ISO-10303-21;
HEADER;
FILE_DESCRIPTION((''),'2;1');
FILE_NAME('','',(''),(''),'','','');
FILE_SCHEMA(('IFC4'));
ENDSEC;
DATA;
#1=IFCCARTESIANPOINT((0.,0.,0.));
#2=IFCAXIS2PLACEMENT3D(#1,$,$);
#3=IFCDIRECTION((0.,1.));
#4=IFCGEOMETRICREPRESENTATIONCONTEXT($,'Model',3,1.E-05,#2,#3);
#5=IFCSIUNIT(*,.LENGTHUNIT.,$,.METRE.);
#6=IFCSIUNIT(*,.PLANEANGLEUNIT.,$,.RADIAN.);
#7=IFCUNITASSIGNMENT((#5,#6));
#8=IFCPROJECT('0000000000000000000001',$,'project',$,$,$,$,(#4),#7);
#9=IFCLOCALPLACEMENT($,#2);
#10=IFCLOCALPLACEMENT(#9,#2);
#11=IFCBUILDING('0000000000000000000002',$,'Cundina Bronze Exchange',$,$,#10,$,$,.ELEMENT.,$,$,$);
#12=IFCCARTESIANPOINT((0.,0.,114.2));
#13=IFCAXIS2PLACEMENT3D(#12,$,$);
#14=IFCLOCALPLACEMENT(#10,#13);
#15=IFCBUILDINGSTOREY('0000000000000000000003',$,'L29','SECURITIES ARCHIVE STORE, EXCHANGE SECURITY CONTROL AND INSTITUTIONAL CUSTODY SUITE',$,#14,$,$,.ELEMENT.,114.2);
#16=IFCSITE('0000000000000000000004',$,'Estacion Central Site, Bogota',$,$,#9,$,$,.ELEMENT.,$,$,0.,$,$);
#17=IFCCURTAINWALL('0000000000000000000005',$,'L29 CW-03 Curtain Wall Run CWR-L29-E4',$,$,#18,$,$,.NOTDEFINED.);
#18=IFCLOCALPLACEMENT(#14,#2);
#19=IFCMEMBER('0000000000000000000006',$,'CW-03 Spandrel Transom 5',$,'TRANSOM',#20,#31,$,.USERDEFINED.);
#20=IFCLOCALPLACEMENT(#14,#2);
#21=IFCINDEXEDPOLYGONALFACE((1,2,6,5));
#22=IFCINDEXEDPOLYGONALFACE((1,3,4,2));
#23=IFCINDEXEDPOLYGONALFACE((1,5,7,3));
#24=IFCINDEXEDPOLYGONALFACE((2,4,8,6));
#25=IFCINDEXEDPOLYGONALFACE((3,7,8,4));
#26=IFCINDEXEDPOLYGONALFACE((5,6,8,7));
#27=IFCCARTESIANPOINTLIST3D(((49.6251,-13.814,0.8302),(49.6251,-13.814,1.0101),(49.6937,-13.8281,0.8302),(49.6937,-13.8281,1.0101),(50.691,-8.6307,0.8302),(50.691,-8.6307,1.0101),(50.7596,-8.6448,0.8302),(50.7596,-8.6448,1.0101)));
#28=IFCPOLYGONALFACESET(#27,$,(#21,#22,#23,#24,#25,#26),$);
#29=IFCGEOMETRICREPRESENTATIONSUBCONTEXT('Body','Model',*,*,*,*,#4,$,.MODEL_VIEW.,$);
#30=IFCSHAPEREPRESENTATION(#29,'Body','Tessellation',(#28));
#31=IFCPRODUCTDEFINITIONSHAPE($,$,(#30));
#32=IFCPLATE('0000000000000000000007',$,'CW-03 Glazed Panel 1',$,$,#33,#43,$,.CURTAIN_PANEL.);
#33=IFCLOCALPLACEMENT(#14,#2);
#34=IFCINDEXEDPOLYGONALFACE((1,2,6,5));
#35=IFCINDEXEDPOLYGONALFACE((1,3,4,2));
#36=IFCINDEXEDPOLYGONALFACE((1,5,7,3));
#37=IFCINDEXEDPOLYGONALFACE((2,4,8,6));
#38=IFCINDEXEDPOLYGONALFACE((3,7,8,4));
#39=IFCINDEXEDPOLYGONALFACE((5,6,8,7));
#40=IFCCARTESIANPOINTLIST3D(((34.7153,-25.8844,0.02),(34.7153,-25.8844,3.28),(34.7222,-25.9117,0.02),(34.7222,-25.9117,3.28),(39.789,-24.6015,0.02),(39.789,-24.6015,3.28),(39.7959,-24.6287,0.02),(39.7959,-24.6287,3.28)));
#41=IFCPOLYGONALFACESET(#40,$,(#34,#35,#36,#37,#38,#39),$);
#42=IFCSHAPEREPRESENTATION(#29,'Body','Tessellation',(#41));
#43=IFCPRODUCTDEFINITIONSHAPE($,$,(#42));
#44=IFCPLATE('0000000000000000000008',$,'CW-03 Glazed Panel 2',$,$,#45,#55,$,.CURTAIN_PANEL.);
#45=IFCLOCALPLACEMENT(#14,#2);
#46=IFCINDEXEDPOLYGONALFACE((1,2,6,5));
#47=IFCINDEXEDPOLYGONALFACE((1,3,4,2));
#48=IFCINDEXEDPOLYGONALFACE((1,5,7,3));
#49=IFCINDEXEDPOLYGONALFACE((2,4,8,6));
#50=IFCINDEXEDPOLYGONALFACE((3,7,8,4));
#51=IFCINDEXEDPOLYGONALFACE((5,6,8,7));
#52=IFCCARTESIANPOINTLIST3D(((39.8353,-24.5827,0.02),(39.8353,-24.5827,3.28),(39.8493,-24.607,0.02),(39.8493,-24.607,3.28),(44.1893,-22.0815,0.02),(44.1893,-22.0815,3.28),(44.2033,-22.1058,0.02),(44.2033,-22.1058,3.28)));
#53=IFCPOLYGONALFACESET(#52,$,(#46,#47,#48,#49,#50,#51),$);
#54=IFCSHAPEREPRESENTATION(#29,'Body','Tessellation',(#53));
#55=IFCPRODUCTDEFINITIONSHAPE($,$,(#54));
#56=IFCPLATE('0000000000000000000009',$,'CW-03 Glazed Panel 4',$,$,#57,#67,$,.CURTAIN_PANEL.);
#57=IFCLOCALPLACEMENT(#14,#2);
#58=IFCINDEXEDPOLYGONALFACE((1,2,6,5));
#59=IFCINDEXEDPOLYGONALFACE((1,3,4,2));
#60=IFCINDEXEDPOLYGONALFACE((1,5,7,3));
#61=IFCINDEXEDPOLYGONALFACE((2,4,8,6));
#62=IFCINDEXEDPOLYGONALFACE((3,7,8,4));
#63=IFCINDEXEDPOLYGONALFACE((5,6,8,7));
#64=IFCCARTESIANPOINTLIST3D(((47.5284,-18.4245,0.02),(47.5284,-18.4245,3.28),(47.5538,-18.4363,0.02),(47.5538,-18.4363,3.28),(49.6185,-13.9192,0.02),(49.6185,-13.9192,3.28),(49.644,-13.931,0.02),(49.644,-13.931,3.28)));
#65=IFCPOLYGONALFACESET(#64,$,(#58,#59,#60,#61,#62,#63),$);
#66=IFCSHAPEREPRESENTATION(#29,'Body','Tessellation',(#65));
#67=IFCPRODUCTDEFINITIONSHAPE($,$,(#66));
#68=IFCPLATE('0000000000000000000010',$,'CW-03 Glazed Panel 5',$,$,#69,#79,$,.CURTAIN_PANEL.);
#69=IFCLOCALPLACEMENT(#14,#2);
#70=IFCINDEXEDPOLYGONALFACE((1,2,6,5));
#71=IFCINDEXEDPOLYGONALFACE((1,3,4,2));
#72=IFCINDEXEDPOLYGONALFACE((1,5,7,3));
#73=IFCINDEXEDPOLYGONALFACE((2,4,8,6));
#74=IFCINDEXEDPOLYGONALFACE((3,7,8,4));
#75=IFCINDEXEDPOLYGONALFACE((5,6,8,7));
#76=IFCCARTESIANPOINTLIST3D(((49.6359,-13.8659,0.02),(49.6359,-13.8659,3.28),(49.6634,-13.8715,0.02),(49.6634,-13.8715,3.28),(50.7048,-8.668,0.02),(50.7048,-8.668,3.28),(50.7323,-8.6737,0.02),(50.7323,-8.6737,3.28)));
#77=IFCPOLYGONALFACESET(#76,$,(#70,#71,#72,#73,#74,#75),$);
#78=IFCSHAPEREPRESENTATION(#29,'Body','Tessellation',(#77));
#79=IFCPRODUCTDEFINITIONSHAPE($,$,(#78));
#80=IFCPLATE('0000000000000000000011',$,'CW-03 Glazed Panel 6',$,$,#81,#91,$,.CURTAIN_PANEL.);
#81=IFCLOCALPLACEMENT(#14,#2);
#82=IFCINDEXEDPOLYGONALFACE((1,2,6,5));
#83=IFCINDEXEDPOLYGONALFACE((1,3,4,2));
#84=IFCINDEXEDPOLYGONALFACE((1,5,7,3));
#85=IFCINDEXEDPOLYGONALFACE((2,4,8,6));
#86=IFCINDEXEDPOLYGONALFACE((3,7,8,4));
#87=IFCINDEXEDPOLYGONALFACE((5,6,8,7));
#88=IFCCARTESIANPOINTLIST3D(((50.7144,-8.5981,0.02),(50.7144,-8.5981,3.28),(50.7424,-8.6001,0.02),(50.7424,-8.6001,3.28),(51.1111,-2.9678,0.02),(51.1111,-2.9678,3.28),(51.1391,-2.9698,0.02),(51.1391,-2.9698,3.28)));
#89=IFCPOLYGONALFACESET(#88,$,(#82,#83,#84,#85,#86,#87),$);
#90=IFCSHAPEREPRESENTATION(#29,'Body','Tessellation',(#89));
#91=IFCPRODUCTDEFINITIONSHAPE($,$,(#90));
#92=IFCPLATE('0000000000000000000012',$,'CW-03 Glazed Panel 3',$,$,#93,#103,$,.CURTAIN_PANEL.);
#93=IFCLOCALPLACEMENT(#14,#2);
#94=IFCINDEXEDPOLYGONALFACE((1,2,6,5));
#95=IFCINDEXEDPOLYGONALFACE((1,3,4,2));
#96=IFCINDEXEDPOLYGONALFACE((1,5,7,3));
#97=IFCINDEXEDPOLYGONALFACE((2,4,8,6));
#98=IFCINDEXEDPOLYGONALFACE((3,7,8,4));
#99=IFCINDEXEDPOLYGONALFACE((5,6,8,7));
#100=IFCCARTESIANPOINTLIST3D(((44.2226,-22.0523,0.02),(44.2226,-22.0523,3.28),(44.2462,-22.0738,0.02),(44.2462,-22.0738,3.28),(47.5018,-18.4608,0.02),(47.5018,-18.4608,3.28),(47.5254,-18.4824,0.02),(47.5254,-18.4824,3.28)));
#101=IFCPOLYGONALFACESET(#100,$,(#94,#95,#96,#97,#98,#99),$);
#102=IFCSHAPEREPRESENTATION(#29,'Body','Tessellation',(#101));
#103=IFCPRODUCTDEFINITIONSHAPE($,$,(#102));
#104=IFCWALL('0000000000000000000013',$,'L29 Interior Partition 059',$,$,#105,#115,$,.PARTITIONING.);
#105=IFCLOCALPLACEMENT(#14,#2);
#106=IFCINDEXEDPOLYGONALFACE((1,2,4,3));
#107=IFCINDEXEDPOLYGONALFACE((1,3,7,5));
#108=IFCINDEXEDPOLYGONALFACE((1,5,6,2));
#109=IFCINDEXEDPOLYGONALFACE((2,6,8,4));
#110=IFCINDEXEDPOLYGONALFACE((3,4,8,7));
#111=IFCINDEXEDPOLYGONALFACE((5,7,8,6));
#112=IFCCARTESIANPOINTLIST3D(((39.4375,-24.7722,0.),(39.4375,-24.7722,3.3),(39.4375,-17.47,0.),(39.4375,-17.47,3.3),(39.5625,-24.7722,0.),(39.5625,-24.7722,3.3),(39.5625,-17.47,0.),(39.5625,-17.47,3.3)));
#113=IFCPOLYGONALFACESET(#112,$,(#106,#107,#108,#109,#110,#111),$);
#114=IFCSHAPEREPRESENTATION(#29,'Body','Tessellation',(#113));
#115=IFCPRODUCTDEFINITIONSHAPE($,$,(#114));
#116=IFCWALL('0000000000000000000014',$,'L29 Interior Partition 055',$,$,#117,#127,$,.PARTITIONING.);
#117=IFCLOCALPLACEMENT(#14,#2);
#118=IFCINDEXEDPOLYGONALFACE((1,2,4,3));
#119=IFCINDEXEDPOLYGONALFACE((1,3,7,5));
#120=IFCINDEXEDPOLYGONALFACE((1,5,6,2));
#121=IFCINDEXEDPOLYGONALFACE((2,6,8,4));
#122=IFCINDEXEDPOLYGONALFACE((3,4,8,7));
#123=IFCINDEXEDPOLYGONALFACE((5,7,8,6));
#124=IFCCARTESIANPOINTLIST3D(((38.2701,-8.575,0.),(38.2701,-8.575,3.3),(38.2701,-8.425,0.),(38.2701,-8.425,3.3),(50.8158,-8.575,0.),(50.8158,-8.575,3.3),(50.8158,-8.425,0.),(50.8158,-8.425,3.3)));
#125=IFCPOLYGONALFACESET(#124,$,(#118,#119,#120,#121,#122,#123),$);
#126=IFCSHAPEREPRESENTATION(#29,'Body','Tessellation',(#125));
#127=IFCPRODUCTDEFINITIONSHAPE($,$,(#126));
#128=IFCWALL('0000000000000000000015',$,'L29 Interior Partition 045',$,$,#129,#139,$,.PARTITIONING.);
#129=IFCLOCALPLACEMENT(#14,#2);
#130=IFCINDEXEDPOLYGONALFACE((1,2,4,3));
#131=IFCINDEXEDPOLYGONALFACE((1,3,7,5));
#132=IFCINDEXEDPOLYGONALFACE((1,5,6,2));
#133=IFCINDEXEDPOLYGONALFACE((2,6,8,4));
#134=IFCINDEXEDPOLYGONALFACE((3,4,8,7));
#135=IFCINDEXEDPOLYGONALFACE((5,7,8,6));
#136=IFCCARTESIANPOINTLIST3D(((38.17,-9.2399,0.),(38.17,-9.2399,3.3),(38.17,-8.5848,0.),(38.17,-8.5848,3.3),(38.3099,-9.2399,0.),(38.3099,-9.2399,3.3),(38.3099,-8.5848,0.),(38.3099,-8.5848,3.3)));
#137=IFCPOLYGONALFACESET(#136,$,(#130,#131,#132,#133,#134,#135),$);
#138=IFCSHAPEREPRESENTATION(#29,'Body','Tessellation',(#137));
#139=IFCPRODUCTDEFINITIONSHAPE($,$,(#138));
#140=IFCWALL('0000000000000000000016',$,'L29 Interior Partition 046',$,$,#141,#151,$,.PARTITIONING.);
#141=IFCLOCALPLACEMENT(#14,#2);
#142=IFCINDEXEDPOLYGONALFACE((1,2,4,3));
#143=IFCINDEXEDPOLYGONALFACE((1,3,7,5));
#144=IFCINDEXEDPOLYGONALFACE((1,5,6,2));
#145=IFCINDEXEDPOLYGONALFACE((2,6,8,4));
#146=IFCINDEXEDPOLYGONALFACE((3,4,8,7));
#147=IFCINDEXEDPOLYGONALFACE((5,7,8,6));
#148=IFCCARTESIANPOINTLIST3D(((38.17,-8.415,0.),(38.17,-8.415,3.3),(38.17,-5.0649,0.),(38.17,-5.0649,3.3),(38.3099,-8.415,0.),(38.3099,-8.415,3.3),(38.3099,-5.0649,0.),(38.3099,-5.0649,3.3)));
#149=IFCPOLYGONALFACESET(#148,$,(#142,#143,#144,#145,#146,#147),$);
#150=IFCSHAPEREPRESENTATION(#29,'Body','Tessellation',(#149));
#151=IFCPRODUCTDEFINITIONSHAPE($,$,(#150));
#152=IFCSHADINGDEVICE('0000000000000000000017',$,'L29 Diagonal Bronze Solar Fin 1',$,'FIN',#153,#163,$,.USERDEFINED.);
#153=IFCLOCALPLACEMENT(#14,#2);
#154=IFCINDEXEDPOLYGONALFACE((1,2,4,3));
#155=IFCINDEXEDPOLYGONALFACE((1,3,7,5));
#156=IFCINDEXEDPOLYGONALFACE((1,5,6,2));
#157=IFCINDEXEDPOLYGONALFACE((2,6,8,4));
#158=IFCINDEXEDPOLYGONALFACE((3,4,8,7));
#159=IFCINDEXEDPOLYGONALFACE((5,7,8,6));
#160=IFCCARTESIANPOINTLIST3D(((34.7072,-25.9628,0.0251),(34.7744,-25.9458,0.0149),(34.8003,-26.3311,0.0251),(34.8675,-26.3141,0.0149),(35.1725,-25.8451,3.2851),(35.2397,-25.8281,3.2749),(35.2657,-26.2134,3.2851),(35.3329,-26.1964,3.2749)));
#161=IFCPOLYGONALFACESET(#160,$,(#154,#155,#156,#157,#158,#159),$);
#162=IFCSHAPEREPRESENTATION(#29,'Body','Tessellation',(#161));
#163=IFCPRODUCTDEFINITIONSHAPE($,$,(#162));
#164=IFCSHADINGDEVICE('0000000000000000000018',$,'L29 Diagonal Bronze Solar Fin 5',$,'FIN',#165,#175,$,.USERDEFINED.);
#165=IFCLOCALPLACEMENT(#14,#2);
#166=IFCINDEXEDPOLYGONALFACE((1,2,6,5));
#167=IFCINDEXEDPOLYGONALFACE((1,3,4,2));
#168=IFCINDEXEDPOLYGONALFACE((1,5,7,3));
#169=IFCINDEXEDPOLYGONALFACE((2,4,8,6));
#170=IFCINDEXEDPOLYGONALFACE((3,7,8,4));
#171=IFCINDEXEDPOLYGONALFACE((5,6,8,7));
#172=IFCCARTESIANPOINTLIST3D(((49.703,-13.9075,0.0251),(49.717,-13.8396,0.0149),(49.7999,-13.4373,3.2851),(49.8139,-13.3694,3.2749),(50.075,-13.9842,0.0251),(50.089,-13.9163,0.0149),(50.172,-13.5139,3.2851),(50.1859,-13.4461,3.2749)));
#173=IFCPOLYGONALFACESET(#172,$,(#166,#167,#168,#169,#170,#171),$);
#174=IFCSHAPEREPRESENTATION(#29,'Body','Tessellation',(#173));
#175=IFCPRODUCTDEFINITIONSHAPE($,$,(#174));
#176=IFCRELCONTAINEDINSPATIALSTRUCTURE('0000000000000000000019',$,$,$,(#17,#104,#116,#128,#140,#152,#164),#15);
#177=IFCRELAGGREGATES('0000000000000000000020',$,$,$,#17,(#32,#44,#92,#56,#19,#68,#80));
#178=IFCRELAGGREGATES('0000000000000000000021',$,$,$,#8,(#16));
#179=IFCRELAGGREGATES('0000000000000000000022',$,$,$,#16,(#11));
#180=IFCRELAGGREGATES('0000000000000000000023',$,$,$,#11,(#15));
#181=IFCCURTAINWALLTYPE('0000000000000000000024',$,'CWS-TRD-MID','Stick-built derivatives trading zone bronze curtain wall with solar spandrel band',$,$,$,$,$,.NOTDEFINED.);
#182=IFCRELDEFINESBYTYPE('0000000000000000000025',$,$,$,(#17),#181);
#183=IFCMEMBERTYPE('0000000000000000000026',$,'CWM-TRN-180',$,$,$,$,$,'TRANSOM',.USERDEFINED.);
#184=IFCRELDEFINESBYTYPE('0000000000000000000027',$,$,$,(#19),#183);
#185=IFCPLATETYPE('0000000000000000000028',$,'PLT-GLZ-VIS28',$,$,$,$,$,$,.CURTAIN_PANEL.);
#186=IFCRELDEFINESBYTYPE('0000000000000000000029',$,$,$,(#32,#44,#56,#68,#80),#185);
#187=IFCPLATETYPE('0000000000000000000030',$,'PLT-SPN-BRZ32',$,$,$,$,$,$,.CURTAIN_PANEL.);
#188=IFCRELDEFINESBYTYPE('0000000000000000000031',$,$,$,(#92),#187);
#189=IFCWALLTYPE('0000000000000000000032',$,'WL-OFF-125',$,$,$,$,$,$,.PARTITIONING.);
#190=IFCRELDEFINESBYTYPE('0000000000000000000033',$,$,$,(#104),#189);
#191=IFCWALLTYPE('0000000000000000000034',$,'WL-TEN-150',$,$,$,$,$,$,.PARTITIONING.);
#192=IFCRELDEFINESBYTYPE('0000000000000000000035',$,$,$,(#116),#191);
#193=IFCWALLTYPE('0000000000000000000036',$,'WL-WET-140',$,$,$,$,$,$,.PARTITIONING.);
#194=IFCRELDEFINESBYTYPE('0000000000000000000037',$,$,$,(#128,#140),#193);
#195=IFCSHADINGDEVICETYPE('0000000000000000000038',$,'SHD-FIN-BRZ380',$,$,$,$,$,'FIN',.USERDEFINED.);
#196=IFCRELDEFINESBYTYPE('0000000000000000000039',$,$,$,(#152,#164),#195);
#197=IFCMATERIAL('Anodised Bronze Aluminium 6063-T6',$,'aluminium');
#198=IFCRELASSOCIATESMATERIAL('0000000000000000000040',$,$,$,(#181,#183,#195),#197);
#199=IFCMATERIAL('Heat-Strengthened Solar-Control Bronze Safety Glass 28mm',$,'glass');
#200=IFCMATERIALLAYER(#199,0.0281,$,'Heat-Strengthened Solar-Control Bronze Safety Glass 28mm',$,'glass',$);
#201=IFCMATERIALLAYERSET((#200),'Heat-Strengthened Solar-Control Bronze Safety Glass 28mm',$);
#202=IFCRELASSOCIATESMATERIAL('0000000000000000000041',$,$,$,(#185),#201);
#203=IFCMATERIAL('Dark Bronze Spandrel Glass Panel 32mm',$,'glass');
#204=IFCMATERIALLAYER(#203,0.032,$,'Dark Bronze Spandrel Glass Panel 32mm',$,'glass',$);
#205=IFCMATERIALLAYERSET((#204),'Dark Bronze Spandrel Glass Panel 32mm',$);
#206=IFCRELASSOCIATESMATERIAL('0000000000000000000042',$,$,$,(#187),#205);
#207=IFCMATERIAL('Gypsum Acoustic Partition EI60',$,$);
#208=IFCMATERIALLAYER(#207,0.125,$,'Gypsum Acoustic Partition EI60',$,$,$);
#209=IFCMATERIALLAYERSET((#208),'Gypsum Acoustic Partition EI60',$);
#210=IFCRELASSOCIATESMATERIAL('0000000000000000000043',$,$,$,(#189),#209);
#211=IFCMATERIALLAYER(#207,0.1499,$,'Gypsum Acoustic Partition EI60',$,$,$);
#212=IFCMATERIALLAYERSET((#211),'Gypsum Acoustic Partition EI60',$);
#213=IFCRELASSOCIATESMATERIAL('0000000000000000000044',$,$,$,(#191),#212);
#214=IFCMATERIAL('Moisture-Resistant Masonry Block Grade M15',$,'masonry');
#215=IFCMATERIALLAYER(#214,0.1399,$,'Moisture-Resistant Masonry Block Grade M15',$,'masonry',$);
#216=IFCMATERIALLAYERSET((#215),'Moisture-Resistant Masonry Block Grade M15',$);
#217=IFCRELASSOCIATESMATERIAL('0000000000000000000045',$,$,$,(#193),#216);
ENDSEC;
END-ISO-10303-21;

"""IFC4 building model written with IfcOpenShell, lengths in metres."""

from ifc_helpers import new_model, si_unit, direction, frame, frame_2d, origin, origin_2d, place, context, subcontext, project, spatial, rectangle, extrude, material, layer, layer_set, material_profile, profile_set, type_object, element, aggregate, save


model = new_model("IFC4")

# Units and contexts
model_context = context("Model", 3, precision=1e-05, world=origin(), true_north=direction((0.0, 1.0)))
body_context = subcontext(model_context, "Body", "Model", "MODEL_VIEW")
ifc_project = project(units=[si_unit("LENGTHUNIT", "METRE"), si_unit("PLANEANGLEUNIT", "RADIAN")], contexts=[model_context])

# Site, building, storey
site_placement = place(None, origin())
site = spatial("IfcSite", under=ifc_project, at=site_placement, Name="Estacion Central Site, Bogota", CompositionType="ELEMENT", RefElevation=0.0)
building_placement = place(site_placement, origin())
building = spatial("IfcBuilding", under=site, at=building_placement, Name="Cundina Bronze Exchange", CompositionType="ELEMENT")
storey_placement = place(building_placement, frame((0.0, 0.0, 114.2)))
storey = spatial("IfcBuildingStorey", under=building, at=storey_placement, Name="L29", Description="SECURITIES ARCHIVE STORE, EXCHANGE SECURITY CONTROL AND INSTITUTIONAL CUSTODY SUITE", CompositionType="ELEMENT", Elevation=114.2)

# Curtain wall, member, plates
ifc_material_1 = material(Name="Anodised Bronze Aluminium 6063-T6", Category="aluminium")
curtain_wall_type = type_object("IfcCurtainWallType", Name="CWS-TRD-MID", Description="Stick-built derivatives trading zone bronze curtain wall with solar spandrel band", PredefinedType="NOTDEFINED", material=ifc_material_1)
curtain_wall_placement = place(storey_placement, origin())
curtain_wall = element("IfcCurtainWall", 1, at=curtain_wall_placement, inside=storey, type_object=curtain_wall_type, Name="L29 CW-03 Curtain Wall Run CWR-L29-E4", PredefinedType="NOTDEFINED")
ifc_material_profile_1 = material_profile(ifc_material_1, rectangle(XDim=0.0701, YDim=0.1799, at=origin_2d()), Name="AL70X180", Category="aluminium")
ifc_profile_set_1 = profile_set([ifc_material_profile_1], Name="Anodised Bronze Aluminium 6063-T6")
member_type_1 = type_object("IfcMemberType", Name="CWM-TRN-180", ElementType="TRANSOM", PredefinedType="USERDEFINED", material=ifc_profile_set_1)
member_1_placement = place(storey_placement, frame((49.6594, -13.821, 0.9202), z_axis=(0.201428, 0.979503, 0.0), x_axis=(-0.979503, 0.201428, 0.0)))
member_1 = element("IfcMember", 2, at=member_1_placement, type_object=member_type_1, Name="CW-03 Spandrel Transom 5", ObjectType="TRANSOM", PredefinedType="USERDEFINED", context=body_context, shape_type="SweptSolid", body=[
    extrude(rectangle(XDim=0.0701, YDim=0.1799, at=origin_2d()), origin(), (0.0, 0.0, 1.0), 5.2917),
])
ifc_material_2 = material(Name="Heat-Strengthened Solar-Control Bronze Safety Glass 28mm", Category="glass")
ifc_layer_1 = layer(ifc_material_2, 0.0281, Name="Heat-Strengthened Solar-Control Bronze Safety Glass 28mm", Category="glass")
ifc_layer_set_1 = layer_set([ifc_layer_1], Name="Heat-Strengthened Solar-Control Bronze Safety Glass 28mm")
plate_type_1 = type_object("IfcPlateType", Name="PLT-GLZ-VIS28", PredefinedType="CURTAIN_PANEL", material=ifc_layer_set_1)
plate_1_placement = place(storey_placement, frame((37.2556, -25.2566, 0.02), z_axis=(0.0, 0.0, 1.0), x_axis=(0.969488, 0.245138, 0.0)))
plate_1 = element("IfcPlate", 3, at=plate_1_placement, type_object=plate_type_1, Name="CW-03 Glazed Panel 1", PredefinedType="CURTAIN_PANEL", context=body_context, shape_type="SweptSolid", body=[
    extrude(rectangle(XDim=5.2334, YDim=0.0281, at=origin_2d()), origin(), (0.0, 0.0, 1.0), 3.26),
])
plate_2_placement = place(storey_placement, frame((42.0193, -23.3442, 0.02), z_axis=(0.0, 0.0, 1.0), x_axis=(0.867105, 0.498125, 0.0)))
plate_2 = element("IfcPlate", 4, at=plate_2_placement, type_object=plate_type_1, Name="CW-03 Glazed Panel 2", PredefinedType="CURTAIN_PANEL", context=body_context, shape_type="SweptSolid", body=[
    extrude(rectangle(XDim=5.0212, YDim=0.0281, at=origin_2d()), origin(), (0.0, 0.0, 1.0), 3.26),
])
plate_3_placement = place(storey_placement, frame((48.5862, -16.1777, 0.02), z_axis=(0.0, 0.0, 1.0), x_axis=(0.420846, 0.907132, 0.0)))
plate_3 = element("IfcPlate", 5, at=plate_3_placement, type_object=plate_type_1, Name="CW-03 Glazed Panel 4", PredefinedType="CURTAIN_PANEL", context=body_context, shape_type="SweptSolid", body=[
    extrude(rectangle(XDim=4.9666, YDim=0.0281, at=origin_2d()), origin(), (0.0, 0.0, 1.0), 3.26),
])
plate_4_placement = place(storey_placement, frame((50.1841, -11.2698, 0.02), z_axis=(0.0, 0.0, 1.0), x_axis=(0.20142, 0.979505, 0.0)))
plate_4 = element("IfcPlate", 6, at=plate_4_placement, type_object=plate_type_1, Name="CW-03 Glazed Panel 5", PredefinedType="CURTAIN_PANEL", context=body_context, shape_type="SweptSolid", body=[
    extrude(rectangle(XDim=5.3066, YDim=0.0281, at=origin_2d()), origin(), (0.0, 0.0, 1.0), 3.26),
])
plate_5_placement = place(storey_placement, frame((50.9268, -5.7839, 0.02), z_axis=(0.0, 0.0, 1.0), x_axis=(0.070279, 0.997527, 0.0)))
plate_5 = element("IfcPlate", 7, at=plate_5_placement, type_object=plate_type_1, Name="CW-03 Glazed Panel 6", PredefinedType="CURTAIN_PANEL", context=body_context, shape_type="SweptSolid", body=[
    extrude(rectangle(XDim=5.6443, YDim=0.0281, at=origin_2d()), origin(), (0.0, 0.0, 1.0), 3.26),
])
ifc_material_3 = material(Name="Dark Bronze Spandrel Glass Panel 32mm", Category="glass")
ifc_layer_2 = layer(ifc_material_3, 0.032, Name="Dark Bronze Spandrel Glass Panel 32mm", Category="glass")
ifc_layer_set_2 = layer_set([ifc_layer_2], Name="Dark Bronze Spandrel Glass Panel 32mm")
plate_type_2 = type_object("IfcPlateType", Name="PLT-SPN-BRZ32", PredefinedType="CURTAIN_PANEL", material=ifc_layer_set_2)
plate_6_placement = place(storey_placement, frame((45.874, -20.2673, 0.02), z_axis=(0.0, 0.0, 1.0), x_axis=(0.674277, 0.738479, 0.0)))
plate_6 = element("IfcPlate", 8, at=plate_6_placement, type_object=plate_type_2, Name="CW-03 Glazed Panel 3", PredefinedType="CURTAIN_PANEL", context=body_context, shape_type="SweptSolid", body=[
    extrude(rectangle(XDim=4.8633, YDim=0.032, at=origin_2d()), origin(), (0.0, 0.0, 1.0), 3.26),
])
aggregate(curtain_wall, [plate_1, plate_2, plate_6, plate_3, member_1, plate_4, plate_5])

# Walls
ifc_material_4 = material(Name="Gypsum Acoustic Partition EI60")
ifc_layer_3 = layer(ifc_material_4, 0.125, Name="Gypsum Acoustic Partition EI60")
ifc_layer_set_3 = layer_set([ifc_layer_3], Name="Gypsum Acoustic Partition EI60")
wall_type_1 = type_object("IfcWallType", Name="WL-OFF-125", PredefinedType="PARTITIONING", material=ifc_layer_set_3)
wall_1_placement = place(storey_placement, frame((39.5, -24.7722, 0.0), z_axis=(0.0, 0.0, 1.0), x_axis=(0.0, 1.0, 0.0)))
element("IfcWall", 9, at=wall_1_placement, inside=storey, type_object=wall_type_1, Name="L29 Interior Partition 059", PredefinedType="PARTITIONING", context=body_context, shape_type="SweptSolid", body=[
    extrude(rectangle(XDim=7.3022, YDim=0.125, at=frame_2d((3.6511, 0.0))), origin(), (0.0, 0.0, 1.0), 3.3),
])
ifc_layer_4 = layer(ifc_material_4, 0.1499, Name="Gypsum Acoustic Partition EI60")
ifc_layer_set_4 = layer_set([ifc_layer_4], Name="Gypsum Acoustic Partition EI60")
wall_type_2 = type_object("IfcWallType", Name="WL-TEN-150", PredefinedType="PARTITIONING", material=ifc_layer_set_4)
wall_2_placement = place(storey_placement, frame((38.27, -8.5, 0.0), z_axis=(0.0, 0.0, 1.0), x_axis=(1.0, 0.0, 0.0)))
element("IfcWall", 10, at=wall_2_placement, inside=storey, type_object=wall_type_2, Name="L29 Interior Partition 055", PredefinedType="PARTITIONING", context=body_context, shape_type="SweptSolid", body=[
    extrude(rectangle(XDim=12.5457, YDim=0.1499, at=frame_2d((6.2729, 0.0))), origin(), (0.0, 0.0, 1.0), 3.3),
])
ifc_material_5 = material(Name="Moisture-Resistant Masonry Block Grade M15", Category="masonry")
ifc_layer_5 = layer(ifc_material_5, 0.1399, Name="Moisture-Resistant Masonry Block Grade M15", Category="masonry")
ifc_layer_set_5 = layer_set([ifc_layer_5], Name="Moisture-Resistant Masonry Block Grade M15")
wall_type_3 = type_object("IfcWallType", Name="WL-WET-140", PredefinedType="PARTITIONING", material=ifc_layer_set_5)
wall_3_placement = place(storey_placement, frame((38.24, -9.24, 0.0), z_axis=(0.0, 0.0, 1.0), x_axis=(0.0, 1.0, 0.0)))
element("IfcWall", 11, at=wall_3_placement, inside=storey, type_object=wall_type_3, Name="L29 Interior Partition 045", PredefinedType="PARTITIONING", context=body_context, shape_type="SweptSolid", body=[
    extrude(rectangle(XDim=0.655, YDim=0.1399, at=frame_2d((0.3276, 0.0))), origin(), (0.0, 0.0, 1.0), 3.3),
])
wall_4_placement = place(storey_placement, frame((38.24, -8.415, 0.0), z_axis=(0.0, 0.0, 1.0), x_axis=(0.0, 1.0, 0.0)))
element("IfcWall", 12, at=wall_4_placement, inside=storey, type_object=wall_type_3, Name="L29 Interior Partition 046", PredefinedType="PARTITIONING", context=body_context, shape_type="SweptSolid", body=[
    extrude(rectangle(XDim=3.3501, YDim=0.1399, at=frame_2d((1.675, 0.0))), origin(), (0.0, 0.0, 1.0), 3.3),
])

# Shading devices
ifc_material_profile_2 = material_profile(ifc_material_1, rectangle(XDim=0.0701, YDim=0.3799, at=origin_2d()), Name="FIN70X380", Category="aluminium")
ifc_profile_set_2 = profile_set([ifc_material_profile_2], Name="Anodised Bronze Aluminium 6063-T6")
shading_device_type = type_object("IfcShadingDeviceType", Name="SHD-FIN-BRZ380", ElementType="FIN", PredefinedType="USERDEFINED", material=ifc_profile_set_2)
for number, where, z_axis, x_axis, name in (
    (13, (34.7874, -26.1384, 0.02), (0.141217, 0.035712, 0.989334), (-0.959141, -0.242553, 0.145663), "L29 Diagonal Bronze Solar Fin 1"),
    (14, (49.896, -13.9119, 0.02), (0.029414, 0.142698, 0.989329), (-0.199728, -0.968959, 0.145698), "L29 Diagonal Bronze Solar Fin 5"),
):
    element("IfcShadingDevice", number, at=place(storey_placement, frame(where, z_axis=z_axis, x_axis=x_axis)), inside=storey, type_object=shading_device_type, Name=name, ObjectType="FIN", PredefinedType="USERDEFINED", context=body_context, shape_type="SweptSolid", body=[
        extrude(rectangle(XDim=0.0701, YDim=0.3799, at=origin_2d()), origin(), (0.0, 0.0, 1.0), 3.2952),
    ])

save(model, "model.ifc")
